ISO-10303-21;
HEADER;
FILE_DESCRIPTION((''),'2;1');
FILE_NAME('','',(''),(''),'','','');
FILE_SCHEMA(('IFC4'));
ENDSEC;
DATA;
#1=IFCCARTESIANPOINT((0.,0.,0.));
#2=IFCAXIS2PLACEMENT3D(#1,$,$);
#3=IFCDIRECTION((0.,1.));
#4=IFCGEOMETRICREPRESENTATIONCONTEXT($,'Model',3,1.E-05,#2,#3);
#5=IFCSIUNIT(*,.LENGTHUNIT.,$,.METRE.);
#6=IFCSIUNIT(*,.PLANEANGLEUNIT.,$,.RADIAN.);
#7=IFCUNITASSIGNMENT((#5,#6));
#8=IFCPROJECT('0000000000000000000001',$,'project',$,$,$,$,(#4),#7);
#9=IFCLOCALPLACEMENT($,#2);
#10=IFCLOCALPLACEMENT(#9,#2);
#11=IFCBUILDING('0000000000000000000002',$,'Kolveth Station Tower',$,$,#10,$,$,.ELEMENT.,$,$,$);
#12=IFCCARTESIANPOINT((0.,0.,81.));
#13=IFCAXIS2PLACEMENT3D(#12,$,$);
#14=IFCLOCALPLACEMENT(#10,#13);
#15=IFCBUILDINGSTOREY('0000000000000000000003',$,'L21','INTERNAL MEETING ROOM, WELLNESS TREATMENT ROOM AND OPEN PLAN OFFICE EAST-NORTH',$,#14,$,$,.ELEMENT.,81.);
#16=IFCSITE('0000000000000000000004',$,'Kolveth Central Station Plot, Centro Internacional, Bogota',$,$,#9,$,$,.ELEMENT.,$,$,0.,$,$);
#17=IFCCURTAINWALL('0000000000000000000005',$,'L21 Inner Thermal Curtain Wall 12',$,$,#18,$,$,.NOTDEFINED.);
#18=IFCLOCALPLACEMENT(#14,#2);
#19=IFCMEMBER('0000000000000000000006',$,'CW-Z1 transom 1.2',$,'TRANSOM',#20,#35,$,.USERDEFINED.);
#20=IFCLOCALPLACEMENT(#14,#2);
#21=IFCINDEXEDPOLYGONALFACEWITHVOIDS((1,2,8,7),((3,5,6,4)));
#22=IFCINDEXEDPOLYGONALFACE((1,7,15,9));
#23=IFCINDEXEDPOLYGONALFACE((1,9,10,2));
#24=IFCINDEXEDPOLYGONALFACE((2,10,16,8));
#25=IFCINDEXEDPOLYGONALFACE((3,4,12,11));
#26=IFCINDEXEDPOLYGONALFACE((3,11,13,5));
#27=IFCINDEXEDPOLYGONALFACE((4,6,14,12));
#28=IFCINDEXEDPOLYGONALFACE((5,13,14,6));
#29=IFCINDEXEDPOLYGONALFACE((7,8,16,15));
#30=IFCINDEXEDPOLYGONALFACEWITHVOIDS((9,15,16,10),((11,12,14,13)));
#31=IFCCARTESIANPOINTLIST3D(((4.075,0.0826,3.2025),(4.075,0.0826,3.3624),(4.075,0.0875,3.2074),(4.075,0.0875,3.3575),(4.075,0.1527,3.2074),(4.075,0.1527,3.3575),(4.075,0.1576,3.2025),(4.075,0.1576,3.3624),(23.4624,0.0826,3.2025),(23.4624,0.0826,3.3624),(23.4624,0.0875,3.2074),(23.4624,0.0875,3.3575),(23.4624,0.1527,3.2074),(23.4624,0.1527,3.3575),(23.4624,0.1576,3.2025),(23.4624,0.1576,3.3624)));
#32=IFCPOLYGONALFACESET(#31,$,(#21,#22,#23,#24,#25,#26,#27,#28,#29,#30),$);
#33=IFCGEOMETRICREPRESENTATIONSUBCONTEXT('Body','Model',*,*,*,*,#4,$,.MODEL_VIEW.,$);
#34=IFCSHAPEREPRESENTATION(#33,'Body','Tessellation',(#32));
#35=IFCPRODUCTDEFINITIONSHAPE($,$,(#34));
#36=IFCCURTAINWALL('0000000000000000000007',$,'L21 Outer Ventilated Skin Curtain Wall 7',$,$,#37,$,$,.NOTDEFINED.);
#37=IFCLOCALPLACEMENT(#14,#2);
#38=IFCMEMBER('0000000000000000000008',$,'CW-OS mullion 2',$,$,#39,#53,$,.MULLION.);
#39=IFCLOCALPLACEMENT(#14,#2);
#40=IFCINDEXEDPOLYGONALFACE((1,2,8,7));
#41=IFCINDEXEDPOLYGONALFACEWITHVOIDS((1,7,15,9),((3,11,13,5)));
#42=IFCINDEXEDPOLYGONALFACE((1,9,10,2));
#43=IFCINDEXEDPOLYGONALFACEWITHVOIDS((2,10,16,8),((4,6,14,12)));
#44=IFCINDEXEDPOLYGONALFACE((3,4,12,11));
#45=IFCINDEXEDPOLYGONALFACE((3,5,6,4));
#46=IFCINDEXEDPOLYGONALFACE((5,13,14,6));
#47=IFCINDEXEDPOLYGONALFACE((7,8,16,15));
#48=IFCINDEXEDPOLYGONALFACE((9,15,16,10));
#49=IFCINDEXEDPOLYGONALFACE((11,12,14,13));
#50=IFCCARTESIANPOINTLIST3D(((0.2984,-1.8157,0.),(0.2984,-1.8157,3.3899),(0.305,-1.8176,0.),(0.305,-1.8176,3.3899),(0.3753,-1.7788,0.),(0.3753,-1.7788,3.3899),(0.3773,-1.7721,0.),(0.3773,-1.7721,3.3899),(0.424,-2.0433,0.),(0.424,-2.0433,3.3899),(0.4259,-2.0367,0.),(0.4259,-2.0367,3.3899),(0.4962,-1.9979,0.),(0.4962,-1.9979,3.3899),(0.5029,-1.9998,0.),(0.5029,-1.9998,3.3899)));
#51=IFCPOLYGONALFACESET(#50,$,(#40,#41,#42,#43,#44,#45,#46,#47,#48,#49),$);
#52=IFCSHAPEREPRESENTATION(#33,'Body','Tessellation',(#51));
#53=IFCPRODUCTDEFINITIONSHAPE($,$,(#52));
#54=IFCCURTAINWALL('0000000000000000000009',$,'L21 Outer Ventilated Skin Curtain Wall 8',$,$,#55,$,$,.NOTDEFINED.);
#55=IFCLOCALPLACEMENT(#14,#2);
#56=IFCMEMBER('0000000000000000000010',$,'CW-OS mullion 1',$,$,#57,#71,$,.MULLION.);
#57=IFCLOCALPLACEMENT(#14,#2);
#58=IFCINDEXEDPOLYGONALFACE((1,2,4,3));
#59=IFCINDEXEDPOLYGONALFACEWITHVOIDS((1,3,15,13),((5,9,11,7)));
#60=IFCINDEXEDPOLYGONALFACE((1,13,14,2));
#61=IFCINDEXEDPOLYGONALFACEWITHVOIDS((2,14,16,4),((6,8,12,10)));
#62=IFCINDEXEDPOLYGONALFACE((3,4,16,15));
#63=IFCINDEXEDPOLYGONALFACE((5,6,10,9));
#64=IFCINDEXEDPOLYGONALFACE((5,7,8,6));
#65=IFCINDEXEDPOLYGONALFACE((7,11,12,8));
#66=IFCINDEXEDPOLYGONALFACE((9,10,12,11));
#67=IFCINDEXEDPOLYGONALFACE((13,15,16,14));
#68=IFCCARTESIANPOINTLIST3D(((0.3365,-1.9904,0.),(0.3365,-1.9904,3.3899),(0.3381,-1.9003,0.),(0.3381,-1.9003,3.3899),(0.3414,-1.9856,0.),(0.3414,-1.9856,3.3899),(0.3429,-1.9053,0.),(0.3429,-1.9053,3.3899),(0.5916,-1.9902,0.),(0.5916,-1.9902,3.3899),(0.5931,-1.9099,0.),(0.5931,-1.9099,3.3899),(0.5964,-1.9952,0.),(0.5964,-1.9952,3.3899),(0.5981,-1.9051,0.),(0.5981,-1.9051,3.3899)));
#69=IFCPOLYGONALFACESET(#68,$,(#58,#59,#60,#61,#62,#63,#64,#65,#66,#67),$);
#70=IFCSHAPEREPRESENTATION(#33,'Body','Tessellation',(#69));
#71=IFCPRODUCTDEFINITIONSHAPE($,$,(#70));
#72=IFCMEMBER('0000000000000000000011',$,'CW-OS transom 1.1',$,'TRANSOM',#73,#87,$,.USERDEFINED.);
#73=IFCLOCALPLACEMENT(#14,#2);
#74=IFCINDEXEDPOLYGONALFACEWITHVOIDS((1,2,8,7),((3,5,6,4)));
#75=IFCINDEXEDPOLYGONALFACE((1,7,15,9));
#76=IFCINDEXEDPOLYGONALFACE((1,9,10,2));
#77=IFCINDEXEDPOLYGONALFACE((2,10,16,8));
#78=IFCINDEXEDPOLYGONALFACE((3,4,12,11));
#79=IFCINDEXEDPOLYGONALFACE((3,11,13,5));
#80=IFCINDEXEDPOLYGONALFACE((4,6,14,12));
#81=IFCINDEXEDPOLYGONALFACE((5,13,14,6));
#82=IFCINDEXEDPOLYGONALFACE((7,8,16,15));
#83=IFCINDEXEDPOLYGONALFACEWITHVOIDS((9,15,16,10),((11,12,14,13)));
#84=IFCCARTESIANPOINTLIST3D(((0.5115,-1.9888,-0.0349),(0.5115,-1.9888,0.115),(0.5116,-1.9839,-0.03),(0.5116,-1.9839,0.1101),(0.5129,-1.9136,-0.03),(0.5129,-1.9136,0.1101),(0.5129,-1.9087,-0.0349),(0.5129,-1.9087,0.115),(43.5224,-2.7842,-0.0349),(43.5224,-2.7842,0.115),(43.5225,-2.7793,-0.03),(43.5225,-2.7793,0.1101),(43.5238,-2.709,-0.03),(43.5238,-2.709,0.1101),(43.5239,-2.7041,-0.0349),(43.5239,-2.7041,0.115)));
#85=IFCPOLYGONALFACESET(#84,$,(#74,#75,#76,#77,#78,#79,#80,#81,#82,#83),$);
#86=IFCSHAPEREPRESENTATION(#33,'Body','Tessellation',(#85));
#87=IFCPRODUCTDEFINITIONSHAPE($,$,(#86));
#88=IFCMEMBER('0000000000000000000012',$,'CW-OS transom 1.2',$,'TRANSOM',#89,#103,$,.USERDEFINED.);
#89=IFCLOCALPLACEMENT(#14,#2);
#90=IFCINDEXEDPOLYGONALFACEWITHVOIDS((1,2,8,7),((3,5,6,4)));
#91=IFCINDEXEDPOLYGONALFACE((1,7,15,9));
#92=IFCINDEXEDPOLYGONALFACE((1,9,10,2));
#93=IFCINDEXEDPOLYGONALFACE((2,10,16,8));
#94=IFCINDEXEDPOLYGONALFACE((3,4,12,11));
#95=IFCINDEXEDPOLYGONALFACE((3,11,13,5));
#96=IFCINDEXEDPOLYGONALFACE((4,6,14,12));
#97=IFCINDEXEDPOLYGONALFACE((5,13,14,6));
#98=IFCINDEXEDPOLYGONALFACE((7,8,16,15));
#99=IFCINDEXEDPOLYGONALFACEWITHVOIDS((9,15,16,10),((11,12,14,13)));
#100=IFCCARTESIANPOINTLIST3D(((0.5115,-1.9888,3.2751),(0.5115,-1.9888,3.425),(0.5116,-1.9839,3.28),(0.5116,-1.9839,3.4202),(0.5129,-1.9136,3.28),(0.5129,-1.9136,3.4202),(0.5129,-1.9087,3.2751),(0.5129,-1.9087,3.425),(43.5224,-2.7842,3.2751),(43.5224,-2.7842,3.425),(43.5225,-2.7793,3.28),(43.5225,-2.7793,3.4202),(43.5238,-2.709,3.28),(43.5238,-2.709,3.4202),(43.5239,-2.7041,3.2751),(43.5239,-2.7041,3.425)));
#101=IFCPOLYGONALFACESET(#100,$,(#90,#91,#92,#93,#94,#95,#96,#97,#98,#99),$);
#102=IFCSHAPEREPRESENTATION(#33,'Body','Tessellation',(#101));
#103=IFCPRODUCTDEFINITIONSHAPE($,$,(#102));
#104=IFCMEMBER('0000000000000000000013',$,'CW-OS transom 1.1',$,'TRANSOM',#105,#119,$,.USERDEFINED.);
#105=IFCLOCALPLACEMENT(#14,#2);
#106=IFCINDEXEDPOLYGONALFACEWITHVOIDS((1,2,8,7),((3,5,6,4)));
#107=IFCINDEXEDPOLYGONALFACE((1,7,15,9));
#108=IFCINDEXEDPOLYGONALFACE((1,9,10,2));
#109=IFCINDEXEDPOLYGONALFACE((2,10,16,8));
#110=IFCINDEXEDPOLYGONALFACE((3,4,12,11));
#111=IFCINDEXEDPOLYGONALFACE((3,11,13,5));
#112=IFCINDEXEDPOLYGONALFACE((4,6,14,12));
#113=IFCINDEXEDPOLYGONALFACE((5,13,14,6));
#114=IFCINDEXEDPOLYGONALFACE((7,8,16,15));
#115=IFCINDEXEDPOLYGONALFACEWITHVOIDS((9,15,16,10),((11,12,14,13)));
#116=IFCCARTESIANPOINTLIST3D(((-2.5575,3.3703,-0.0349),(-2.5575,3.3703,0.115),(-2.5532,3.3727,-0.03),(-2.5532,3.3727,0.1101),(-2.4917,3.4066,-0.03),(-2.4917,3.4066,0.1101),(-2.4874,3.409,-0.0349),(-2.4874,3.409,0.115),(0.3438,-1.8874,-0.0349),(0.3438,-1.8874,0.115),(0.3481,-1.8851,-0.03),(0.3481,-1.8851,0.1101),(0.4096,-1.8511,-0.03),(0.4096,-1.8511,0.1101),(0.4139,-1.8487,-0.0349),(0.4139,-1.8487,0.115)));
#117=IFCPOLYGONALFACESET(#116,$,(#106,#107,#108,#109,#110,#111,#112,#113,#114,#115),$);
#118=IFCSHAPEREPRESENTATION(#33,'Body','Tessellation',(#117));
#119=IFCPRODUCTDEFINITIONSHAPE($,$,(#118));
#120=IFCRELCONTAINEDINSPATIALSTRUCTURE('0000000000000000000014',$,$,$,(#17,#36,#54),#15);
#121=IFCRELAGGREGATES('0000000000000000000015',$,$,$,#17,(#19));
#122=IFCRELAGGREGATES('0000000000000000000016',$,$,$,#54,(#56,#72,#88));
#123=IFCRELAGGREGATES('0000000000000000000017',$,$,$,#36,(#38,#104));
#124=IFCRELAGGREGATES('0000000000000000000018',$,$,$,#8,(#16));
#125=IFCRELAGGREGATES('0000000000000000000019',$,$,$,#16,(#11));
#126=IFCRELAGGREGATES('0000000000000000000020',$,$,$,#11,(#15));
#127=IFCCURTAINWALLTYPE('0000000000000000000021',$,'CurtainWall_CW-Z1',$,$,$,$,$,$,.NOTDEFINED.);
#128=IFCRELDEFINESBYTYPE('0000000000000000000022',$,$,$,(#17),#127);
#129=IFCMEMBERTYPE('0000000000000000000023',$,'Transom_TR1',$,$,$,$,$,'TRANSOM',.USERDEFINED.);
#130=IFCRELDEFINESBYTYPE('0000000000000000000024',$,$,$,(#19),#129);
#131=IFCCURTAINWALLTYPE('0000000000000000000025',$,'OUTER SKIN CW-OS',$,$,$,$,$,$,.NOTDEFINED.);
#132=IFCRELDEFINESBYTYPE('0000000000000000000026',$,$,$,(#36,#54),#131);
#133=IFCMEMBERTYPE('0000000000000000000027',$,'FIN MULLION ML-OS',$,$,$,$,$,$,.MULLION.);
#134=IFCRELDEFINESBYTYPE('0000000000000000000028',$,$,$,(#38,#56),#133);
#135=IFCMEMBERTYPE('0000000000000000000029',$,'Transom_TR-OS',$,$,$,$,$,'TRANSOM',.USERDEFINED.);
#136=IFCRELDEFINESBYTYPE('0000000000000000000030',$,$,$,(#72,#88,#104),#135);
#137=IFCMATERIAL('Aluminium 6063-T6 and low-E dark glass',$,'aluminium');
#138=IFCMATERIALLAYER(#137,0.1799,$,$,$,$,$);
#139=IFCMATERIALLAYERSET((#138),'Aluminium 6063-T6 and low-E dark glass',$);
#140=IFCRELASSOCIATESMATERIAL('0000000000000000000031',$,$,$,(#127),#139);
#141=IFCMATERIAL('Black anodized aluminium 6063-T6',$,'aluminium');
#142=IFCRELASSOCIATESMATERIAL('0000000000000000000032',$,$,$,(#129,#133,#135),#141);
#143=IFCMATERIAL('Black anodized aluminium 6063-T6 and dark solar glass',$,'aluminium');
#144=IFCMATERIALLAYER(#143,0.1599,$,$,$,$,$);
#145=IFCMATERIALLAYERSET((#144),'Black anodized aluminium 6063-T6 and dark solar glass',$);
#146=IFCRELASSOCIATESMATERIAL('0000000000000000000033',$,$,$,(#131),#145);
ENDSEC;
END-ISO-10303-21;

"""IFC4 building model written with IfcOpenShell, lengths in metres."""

from ifc_helpers import new_model, si_unit, direction, frame, origin, origin_2d, place, context, subcontext, project, spatial, hollow_rectangle, extrude, source, transform, mapped, material, layer, layer_set, material_profile, profile_set, type_object, element, aggregate, save


model = new_model("IFC4")

# Units and contexts
model_context = context("Model", 3, precision=1e-05, world=origin(), true_north=direction((0.0, 1.0)))
body_context = subcontext(model_context, "Body", "Model", "MODEL_VIEW")
ifc_project = project(units=[si_unit("LENGTHUNIT", "METRE"), si_unit("PLANEANGLEUNIT", "RADIAN")], contexts=[model_context])

# Site, building, storey
site_placement = place(None, origin())
site = spatial("IfcSite", under=ifc_project, at=site_placement, Name="Kolveth Central Station Plot, Centro Internacional, Bogota", CompositionType="ELEMENT", RefElevation=0.0)
building_placement = place(site_placement, origin())
building = spatial("IfcBuilding", under=site, at=building_placement, Name="Kolveth Station Tower", CompositionType="ELEMENT")
storey_placement = place(building_placement, frame((0.0, 0.0, 81.0)))
storey = spatial("IfcBuildingStorey", under=building, at=storey_placement, Name="L21", Description="INTERNAL MEETING ROOM, WELLNESS TREATMENT ROOM AND OPEN PLAN OFFICE EAST-NORTH", CompositionType="ELEMENT", Elevation=81.0)

# Shared definitions
ifc_material_1 = material(Name="Aluminium 6063-T6 and low-E dark glass", Category="aluminium")
ifc_layer_1 = layer(ifc_material_1, 0.1799)
ifc_layer_set_1 = layer_set([ifc_layer_1], Name="Aluminium 6063-T6 and low-E dark glass")
curtain_wall_type_1 = type_object("IfcCurtainWallType", Name="CurtainWall_CW-Z1", PredefinedType="NOTDEFINED", material=ifc_layer_set_1)
ifc_material_2 = material(Name="Black anodized aluminium 6063-T6", Category="aluminium")

# Curtain wall
curtain_wall_1_placement = place(storey_placement, origin())
curtain_wall_1 = element("IfcCurtainWall", 1, at=curtain_wall_1_placement, inside=storey, type_object=curtain_wall_type_1, Name="L21 Inner Thermal Curtain Wall 12", PredefinedType="NOTDEFINED")

# Member
ifc_material_profile_1 = material_profile(ifc_material_2, hollow_rectangle(XDim=0.075, YDim=0.1599, WallThickness=0.0049, at=origin_2d()), Name="ALU-75x160x5")
ifc_profile_set_1 = profile_set([ifc_material_profile_1], Name="Black anodized aluminium 6063-T6")
member_type_1 = type_object("IfcMemberType", Name="Transom_TR1", ElementType="TRANSOM", PredefinedType="USERDEFINED", material=ifc_profile_set_1)
shared_shape_1 = source(origin(), body_context, "Body", "SweptSolid", [
    extrude(hollow_rectangle(XDim=0.075, YDim=0.1599, WallThickness=0.0049, at=origin_2d()), origin(), (0.0, 0.0, 1.0), 19.3875),
])
member_1_placement = place(storey_placement, frame((4.075, 0.1201, 3.2825), z_axis=(1.0, 0.0, 0.0), x_axis=(0.0, 1.0, 0.0)))
member_1 = element("IfcMember", 2, at=member_1_placement, type_object=member_type_1, Name="CW-Z1 transom 1.2", ObjectType="TRANSOM", PredefinedType="USERDEFINED", context=body_context, shape_type="MappedRepresentation", body=[
    mapped(shared_shape_1, transform((0.0, 0.0, 0.0), x_axis=(1.0, 0.0, 0.0), y_axis=(0.0, 1.0, 0.0), z_axis=(0.0, 0.0, 1.0), scale=1.0)),
])
aggregate(curtain_wall_1, [member_1])

# Curtain wall, member
ifc_material_3 = material(Name="Black anodized aluminium 6063-T6 and dark solar glass", Category="aluminium")
ifc_layer_2 = layer(ifc_material_3, 0.1599)
ifc_layer_set_2 = layer_set([ifc_layer_2], Name="Black anodized aluminium 6063-T6 and dark solar glass")
curtain_wall_type_2 = type_object("IfcCurtainWallType", Name="OUTER SKIN CW-OS", PredefinedType="NOTDEFINED", material=ifc_layer_set_2)
curtain_wall_2_placement = place(storey_placement, origin())
curtain_wall_2 = element("IfcCurtainWall", 3, at=curtain_wall_2_placement, inside=storey, type_object=curtain_wall_type_2, Name="L21 Outer Ventilated Skin Curtain Wall 7", PredefinedType="NOTDEFINED")
ifc_material_profile_2 = material_profile(ifc_material_2, hollow_rectangle(XDim=0.0901, YDim=0.26, WallThickness=0.0049, at=origin_2d()), Name="ALU-90x260x5")
ifc_profile_set_2 = profile_set([ifc_material_profile_2], Name="Black anodized aluminium 6063-T6")
member_type_2 = type_object("IfcMemberType", Name="FIN MULLION ML-OS", PredefinedType="MULLION", material=ifc_profile_set_2)
shared_shape_2 = source(origin(), body_context, "Body", "SweptSolid", [
    extrude(hollow_rectangle(XDim=0.0901, YDim=0.26, WallThickness=0.0049, at=origin_2d()), origin(), (0.0, 0.0, 1.0), 3.3899),
])
member_2_placement = place(storey_placement, frame((0.4006, -1.9077, 0.0), z_axis=(0.0, 0.0, 1.0), x_axis=(0.875544, 0.483138, 0.0)))
member_2 = element("IfcMember", 4, at=member_2_placement, type_object=member_type_2, Name="CW-OS mullion 2", PredefinedType="MULLION", context=body_context, shape_type="MappedRepresentation", body=[
    mapped(shared_shape_2, transform((0.0, 0.0, 0.0), x_axis=(1.0, 0.0, 0.0), y_axis=(0.0, 1.0, 0.0), z_axis=(0.0, 0.0, 1.0), scale=1.0)),
])

# Curtain wall, members
curtain_wall_3_placement = place(storey_placement, origin())
curtain_wall_3 = element("IfcCurtainWall", 5, at=curtain_wall_3_placement, inside=storey, type_object=curtain_wall_type_2, Name="L21 Outer Ventilated Skin Curtain Wall 8", PredefinedType="NOTDEFINED")
member_3_placement = place(storey_placement, frame((0.4673, -1.9478, 0.0), z_axis=(0.0, 0.0, 1.0), x_axis=(0.018494, 0.999829, 0.0)))
member_3 = element("IfcMember", 6, at=member_3_placement, type_object=member_type_2, Name="CW-OS mullion 1", PredefinedType="MULLION", context=body_context, shape_type="MappedRepresentation", body=[
    mapped(shared_shape_2, transform((0.0, 0.0, 0.0), x_axis=(1.0, 0.0, 0.0), y_axis=(0.0, 1.0, 0.0), z_axis=(0.0, 0.0, 1.0), scale=1.0)),
])
ifc_material_profile_3 = material_profile(ifc_material_2, hollow_rectangle(XDim=0.0801, YDim=0.1499, WallThickness=0.0049, at=origin_2d()), Name="ALU-80x150x5")
ifc_profile_set_3 = profile_set([ifc_material_profile_3], Name="Black anodized aluminium 6063-T6")
member_type_3 = type_object("IfcMemberType", Name="Transom_TR-OS", ElementType="TRANSOM", PredefinedType="USERDEFINED", material=ifc_profile_set_3)
shared_shape_3 = source(origin(), body_context, "Body", "SweptSolid", [
    extrude(hollow_rectangle(XDim=0.0801, YDim=0.1499, WallThickness=0.0049, at=origin_2d()), origin(), (0.0, 0.0, 1.0), 43.0183),
])
member_4_placement = place(storey_placement, frame((0.5122, -1.9487, 0.04), z_axis=(0.999829, -0.01849, 0.0), x_axis=(0.01849, 0.999829, 0.0)))
member_4 = element("IfcMember", 7, at=member_4_placement, type_object=member_type_3, Name="CW-OS transom 1.1", ObjectType="TRANSOM", PredefinedType="USERDEFINED", context=body_context, shape_type="MappedRepresentation", body=[
    mapped(shared_shape_3, transform((0.0, 0.0, 0.0), x_axis=(1.0, 0.0, 0.0), y_axis=(0.0, 1.0, 0.0), z_axis=(0.0, 0.0, 1.0), scale=1.0)),
])
member_5_placement = place(storey_placement, frame((0.5122, -1.9487, 3.3501), z_axis=(0.999829, -0.01849, 0.0), x_axis=(0.01849, 0.999829, 0.0)))
member_5 = element("IfcMember", 8, at=member_5_placement, type_object=member_type_3, Name="CW-OS transom 1.2", ObjectType="TRANSOM", PredefinedType="USERDEFINED", context=body_context, shape_type="MappedRepresentation", body=[
    mapped(shared_shape_3, transform((0.0, 0.0, 0.0), x_axis=(1.0, 0.0, 0.0), y_axis=(0.0, 1.0, 0.0), z_axis=(0.0, 0.0, 1.0), scale=1.0)),
])
aggregate(curtain_wall_3, [member_3, member_4, member_5])

# Member
shared_shape_4 = source(origin(), body_context, "Body", "SweptSolid", [
    extrude(hollow_rectangle(XDim=0.0801, YDim=0.1499, WallThickness=0.0049, at=origin_2d()), origin(), (0.0, 0.0, 1.0), 6.0051),
])
member_6_placement = place(storey_placement, frame((-2.5225, 3.3896, 0.04), z_axis=(0.483142, -0.875542, 0.0), x_axis=(0.875542, 0.483142, 0.0)))
member_6 = element("IfcMember", 9, at=member_6_placement, type_object=member_type_3, Name="CW-OS transom 1.1", ObjectType="TRANSOM", PredefinedType="USERDEFINED", context=body_context, shape_type="MappedRepresentation", body=[
    mapped(shared_shape_4, transform((0.0, 0.0, 0.0), x_axis=(1.0, 0.0, 0.0), y_axis=(0.0, 1.0, 0.0), z_axis=(0.0, 0.0, 1.0), scale=1.0)),
])

aggregate(curtain_wall_2, [member_2, member_6])

save(model, "model.ifc")
